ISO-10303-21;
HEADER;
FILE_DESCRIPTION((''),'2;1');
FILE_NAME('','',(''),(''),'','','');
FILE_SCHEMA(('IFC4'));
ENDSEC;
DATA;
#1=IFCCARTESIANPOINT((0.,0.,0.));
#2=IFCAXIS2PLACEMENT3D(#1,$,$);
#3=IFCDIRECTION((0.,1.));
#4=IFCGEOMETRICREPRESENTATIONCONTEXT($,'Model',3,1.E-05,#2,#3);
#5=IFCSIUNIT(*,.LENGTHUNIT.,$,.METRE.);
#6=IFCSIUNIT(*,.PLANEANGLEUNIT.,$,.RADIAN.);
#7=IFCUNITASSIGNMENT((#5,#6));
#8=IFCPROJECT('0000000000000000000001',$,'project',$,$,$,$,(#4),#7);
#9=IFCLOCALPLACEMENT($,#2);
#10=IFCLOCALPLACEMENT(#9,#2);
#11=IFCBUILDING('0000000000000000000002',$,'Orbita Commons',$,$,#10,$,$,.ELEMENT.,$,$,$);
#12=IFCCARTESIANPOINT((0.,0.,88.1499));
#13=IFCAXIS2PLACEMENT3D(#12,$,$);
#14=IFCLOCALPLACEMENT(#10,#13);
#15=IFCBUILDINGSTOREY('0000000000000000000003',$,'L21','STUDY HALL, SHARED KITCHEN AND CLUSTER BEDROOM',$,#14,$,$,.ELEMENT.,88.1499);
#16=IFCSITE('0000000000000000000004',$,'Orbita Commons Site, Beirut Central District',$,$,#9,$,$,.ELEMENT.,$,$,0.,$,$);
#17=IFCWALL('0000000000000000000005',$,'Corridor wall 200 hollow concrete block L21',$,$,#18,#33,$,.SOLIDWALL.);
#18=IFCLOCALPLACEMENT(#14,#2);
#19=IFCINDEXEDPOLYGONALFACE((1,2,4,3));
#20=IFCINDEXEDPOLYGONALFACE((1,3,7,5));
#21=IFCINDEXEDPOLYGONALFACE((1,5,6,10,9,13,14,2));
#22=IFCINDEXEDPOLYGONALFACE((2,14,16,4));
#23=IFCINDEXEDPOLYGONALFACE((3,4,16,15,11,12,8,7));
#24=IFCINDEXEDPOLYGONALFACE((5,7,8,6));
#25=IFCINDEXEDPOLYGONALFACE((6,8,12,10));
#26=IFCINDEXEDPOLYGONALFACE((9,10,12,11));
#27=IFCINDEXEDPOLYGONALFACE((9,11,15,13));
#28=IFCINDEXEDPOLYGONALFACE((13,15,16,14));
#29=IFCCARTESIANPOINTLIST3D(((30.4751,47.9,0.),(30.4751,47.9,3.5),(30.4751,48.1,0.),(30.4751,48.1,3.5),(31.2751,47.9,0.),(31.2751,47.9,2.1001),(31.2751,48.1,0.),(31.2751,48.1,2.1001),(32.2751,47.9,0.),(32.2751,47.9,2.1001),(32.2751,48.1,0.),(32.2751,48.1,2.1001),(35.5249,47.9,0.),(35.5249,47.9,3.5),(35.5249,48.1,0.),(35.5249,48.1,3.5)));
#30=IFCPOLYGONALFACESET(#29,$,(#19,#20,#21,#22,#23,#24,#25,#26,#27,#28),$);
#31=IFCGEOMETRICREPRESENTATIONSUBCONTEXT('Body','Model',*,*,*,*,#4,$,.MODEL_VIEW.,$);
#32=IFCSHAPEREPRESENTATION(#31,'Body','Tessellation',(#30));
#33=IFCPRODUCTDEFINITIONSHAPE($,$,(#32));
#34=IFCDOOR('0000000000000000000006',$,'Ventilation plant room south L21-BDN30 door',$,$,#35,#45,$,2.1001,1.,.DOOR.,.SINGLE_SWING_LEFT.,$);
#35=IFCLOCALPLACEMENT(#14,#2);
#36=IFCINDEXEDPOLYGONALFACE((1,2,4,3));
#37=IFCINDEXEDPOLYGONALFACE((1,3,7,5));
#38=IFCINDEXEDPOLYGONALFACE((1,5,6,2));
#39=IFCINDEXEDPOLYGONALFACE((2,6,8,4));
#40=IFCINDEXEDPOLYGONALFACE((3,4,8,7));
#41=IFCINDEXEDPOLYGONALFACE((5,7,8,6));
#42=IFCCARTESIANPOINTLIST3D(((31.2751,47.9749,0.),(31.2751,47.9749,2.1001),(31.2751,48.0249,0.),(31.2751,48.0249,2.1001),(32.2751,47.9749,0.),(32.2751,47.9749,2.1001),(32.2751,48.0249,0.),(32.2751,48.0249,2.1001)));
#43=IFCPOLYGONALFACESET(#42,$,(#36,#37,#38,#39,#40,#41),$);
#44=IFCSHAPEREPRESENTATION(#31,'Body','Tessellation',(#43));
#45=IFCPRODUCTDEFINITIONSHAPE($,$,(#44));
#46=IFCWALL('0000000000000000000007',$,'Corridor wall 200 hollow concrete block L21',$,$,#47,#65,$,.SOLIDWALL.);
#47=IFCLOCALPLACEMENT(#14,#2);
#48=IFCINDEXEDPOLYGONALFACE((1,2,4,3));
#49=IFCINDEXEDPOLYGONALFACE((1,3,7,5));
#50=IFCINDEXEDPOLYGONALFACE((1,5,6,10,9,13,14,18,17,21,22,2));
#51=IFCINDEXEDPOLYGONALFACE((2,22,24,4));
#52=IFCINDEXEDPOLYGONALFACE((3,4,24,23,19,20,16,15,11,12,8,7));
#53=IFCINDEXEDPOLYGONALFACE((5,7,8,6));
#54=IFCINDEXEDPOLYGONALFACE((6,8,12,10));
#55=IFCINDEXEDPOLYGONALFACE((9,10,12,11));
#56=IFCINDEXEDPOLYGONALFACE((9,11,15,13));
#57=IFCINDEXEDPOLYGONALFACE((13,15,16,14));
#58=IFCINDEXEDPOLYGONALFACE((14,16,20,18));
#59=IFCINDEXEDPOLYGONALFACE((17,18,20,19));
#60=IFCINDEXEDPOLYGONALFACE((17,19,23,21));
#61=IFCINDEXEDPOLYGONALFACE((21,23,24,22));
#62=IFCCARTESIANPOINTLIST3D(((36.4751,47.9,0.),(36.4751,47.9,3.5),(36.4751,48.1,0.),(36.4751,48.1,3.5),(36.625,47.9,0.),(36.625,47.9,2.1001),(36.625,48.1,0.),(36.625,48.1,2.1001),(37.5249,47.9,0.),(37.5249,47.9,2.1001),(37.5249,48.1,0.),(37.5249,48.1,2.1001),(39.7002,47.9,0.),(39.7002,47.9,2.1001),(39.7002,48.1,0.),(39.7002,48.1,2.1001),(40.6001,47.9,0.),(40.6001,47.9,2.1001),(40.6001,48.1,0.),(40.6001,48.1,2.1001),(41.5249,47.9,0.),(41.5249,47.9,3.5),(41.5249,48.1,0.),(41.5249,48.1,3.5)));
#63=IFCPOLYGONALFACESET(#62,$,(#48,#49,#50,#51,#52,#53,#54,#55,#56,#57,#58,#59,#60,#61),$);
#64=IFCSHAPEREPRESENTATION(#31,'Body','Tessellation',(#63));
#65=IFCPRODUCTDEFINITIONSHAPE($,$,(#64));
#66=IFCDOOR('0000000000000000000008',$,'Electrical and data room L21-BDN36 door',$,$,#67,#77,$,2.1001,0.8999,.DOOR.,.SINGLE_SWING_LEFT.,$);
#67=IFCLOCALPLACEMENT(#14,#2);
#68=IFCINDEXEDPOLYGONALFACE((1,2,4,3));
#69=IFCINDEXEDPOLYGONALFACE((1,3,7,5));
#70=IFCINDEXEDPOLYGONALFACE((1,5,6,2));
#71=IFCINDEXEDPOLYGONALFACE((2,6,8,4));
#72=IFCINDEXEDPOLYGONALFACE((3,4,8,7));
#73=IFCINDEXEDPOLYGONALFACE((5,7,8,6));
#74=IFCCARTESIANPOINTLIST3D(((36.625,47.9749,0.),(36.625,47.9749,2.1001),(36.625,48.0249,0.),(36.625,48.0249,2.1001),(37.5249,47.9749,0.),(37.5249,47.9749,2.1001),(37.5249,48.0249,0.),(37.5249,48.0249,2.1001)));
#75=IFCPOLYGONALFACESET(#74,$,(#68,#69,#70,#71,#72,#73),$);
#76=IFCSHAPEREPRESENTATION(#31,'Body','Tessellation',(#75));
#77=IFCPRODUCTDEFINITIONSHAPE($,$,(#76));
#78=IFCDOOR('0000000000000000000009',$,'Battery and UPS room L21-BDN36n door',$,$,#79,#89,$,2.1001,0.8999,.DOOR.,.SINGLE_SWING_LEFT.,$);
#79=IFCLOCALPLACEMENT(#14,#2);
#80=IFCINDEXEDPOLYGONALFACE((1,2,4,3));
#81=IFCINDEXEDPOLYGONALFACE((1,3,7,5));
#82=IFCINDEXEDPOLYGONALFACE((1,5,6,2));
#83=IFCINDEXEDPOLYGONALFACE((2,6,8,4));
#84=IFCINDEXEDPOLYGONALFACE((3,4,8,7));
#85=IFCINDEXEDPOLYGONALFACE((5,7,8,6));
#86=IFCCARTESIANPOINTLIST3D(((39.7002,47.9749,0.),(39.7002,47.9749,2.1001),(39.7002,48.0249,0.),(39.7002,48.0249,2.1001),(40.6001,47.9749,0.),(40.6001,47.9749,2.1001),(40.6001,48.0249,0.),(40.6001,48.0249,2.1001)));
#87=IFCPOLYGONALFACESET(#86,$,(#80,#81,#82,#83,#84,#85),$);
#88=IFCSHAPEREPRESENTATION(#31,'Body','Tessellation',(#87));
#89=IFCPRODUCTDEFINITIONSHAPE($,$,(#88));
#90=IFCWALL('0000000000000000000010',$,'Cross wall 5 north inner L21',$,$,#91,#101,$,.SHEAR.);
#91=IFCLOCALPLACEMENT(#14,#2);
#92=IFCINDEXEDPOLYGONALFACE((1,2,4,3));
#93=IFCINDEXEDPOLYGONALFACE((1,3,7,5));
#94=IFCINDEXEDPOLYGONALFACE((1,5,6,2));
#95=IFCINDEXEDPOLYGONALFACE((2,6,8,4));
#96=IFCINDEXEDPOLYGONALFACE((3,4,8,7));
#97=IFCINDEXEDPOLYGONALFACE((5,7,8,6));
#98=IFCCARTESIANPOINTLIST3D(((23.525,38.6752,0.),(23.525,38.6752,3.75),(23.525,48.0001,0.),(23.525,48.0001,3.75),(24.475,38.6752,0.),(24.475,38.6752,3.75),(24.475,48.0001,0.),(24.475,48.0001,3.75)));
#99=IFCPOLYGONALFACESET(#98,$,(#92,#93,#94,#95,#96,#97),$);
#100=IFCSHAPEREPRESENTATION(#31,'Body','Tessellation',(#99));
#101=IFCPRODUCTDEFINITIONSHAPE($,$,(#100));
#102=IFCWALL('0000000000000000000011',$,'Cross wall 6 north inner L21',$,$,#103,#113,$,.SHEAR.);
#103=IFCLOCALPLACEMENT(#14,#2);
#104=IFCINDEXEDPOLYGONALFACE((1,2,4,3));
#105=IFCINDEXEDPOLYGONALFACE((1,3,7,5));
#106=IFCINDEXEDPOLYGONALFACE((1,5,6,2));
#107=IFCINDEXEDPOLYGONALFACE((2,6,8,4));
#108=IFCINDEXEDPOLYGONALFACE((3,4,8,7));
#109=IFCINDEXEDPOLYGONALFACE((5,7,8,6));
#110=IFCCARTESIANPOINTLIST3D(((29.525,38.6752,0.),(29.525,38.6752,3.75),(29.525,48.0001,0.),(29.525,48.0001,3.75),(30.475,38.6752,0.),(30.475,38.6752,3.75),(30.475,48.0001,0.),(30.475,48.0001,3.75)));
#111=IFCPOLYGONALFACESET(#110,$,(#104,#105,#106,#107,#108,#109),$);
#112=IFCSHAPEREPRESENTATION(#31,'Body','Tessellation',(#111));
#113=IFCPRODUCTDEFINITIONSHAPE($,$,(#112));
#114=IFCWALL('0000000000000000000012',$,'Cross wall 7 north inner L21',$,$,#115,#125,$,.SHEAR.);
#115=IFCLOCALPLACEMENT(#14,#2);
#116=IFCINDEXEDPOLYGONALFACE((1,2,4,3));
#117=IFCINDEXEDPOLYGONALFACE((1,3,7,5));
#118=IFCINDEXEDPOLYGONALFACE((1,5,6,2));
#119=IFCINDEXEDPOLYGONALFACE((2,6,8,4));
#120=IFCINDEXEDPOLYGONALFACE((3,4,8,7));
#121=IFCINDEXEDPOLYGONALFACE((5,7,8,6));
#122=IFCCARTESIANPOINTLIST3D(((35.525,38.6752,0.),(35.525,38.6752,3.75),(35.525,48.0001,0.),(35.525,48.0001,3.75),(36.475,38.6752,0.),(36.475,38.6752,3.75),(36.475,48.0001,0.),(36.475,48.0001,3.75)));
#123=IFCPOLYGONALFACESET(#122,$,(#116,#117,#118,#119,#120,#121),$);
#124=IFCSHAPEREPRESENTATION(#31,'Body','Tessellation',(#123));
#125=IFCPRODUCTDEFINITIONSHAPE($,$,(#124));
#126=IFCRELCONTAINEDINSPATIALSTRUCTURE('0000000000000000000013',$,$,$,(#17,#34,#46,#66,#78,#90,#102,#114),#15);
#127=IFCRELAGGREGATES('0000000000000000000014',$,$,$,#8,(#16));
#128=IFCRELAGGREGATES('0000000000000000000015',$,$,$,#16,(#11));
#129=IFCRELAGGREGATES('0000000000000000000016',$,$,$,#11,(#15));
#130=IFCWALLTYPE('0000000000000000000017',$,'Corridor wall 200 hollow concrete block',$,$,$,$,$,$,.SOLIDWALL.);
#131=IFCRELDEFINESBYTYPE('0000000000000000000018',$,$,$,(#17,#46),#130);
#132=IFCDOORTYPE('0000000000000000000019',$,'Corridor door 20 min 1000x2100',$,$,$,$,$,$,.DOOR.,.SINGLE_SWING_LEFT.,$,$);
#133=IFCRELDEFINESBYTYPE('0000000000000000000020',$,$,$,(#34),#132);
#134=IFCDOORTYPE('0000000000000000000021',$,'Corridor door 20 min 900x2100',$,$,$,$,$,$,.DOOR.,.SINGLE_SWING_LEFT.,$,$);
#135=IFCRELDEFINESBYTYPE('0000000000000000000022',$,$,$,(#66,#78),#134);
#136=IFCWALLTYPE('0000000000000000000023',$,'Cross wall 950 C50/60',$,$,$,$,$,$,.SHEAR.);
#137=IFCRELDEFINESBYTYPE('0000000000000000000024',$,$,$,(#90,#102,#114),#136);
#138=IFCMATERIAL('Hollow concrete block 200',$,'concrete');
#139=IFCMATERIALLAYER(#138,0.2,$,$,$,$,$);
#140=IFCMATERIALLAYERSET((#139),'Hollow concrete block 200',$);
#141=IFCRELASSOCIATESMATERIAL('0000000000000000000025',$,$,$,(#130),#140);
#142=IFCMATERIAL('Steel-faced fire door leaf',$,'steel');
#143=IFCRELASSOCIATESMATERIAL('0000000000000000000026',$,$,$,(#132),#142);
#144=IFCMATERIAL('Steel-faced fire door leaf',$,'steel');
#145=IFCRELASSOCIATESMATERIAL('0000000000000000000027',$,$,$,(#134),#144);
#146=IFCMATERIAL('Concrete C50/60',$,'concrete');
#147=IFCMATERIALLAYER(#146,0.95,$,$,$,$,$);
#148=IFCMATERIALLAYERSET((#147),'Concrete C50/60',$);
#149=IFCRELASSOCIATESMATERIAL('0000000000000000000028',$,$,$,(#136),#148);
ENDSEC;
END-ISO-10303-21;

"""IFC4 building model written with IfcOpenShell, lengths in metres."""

from ifc_helpers import new_model, si_unit, direction, frame, frame_2d, origin, place, context, subcontext, project, spatial, rectangle, extrude, material, layer, layer_set, type_object, element, fill, save


model = new_model("IFC4")

# Units and contexts
model_context = context("Model", 3, precision=1e-05, world=origin(), true_north=direction((0.0, 1.0)))
body_context = subcontext(model_context, "Body", "Model", "MODEL_VIEW")
ifc_project = project(units=[si_unit("LENGTHUNIT", "METRE"), si_unit("PLANEANGLEUNIT", "RADIAN")], contexts=[model_context])

# Site, building, storey
site_placement = place(None, origin())
site = spatial("IfcSite", under=ifc_project, at=site_placement, Name="Orbita Commons Site, Beirut Central District", CompositionType="ELEMENT", RefElevation=0.0)
building_placement = place(site_placement, origin())
building = spatial("IfcBuilding", under=site, at=building_placement, Name="Orbita Commons", CompositionType="ELEMENT")
storey_placement = place(building_placement, frame((0.0, 0.0, 88.1499)))
storey = spatial("IfcBuildingStorey", under=building, at=storey_placement, Name="L21", Description="STUDY HALL, SHARED KITCHEN AND CLUSTER BEDROOM", CompositionType="ELEMENT", Elevation=88.1499)

# Wall, opening, door
ifc_material_1 = material(Name="Hollow concrete block 200", Category="concrete")
ifc_layer_1 = layer(ifc_material_1, 0.2)
ifc_layer_set_1 = layer_set([ifc_layer_1], Name="Hollow concrete block 200")
wall_type_1 = type_object("IfcWallType", Name="Corridor wall 200 hollow concrete block", PredefinedType="SOLIDWALL", material=ifc_layer_set_1)
ifc_material_2 = material(Name="Steel-faced fire door leaf", Category="steel")
door_type_1 = type_object("IfcDoorType", Name="Corridor door 20 min 1000x2100", OperationType="SINGLE_SWING_LEFT", PredefinedType="DOOR", material=ifc_material_2)
wall_1_placement = place(storey_placement, frame((30.4751, 48.0, 0.0), z_axis=(0.0, 0.0, 1.0), x_axis=(1.0, 0.0, 0.0)))
wall_1 = element("IfcWall", 1, at=wall_1_placement, inside=storey, type_object=wall_type_1, Name="Corridor wall 200 hollow concrete block L21", PredefinedType="SOLIDWALL", context=body_context, shape_type="SweptSolid", body=[
    extrude(rectangle(XDim=5.0498, YDim=0.2, at=frame_2d((2.5249, 0.0))), origin(), (0.0, 0.0, 1.0), 3.5),
])
opening_1_placement = place(wall_1_placement, frame((0.8, 0.0, 0.0)))
opening_1 = element("IfcOpeningElement", 2, at=opening_1_placement, cuts=wall_1, PredefinedType="OPENING", context=body_context, shape_type="SweptSolid", body=[
    extrude(rectangle(XDim=1.0, YDim=2.1001, at=frame_2d((0.5, 1.05))), frame((0.0, 0.1099, 0.0), z_axis=(0.0, -1.0, 0.0), x_axis=(1.0, 0.0, 0.0)), (0.0, 0.0, 1.0), 0.22),
])
door_1_placement = place(opening_1_placement, origin())
door_1 = element("IfcDoor", 3, at=door_1_placement, inside=storey, type_object=door_type_1, Name="Ventilation plant room south L21-BDN30 door", OperationType="SINGLE_SWING_LEFT", OverallHeight=2.1001, OverallWidth=1.0, PredefinedType="DOOR", context=body_context, shape_type="SweptSolid", body=[
    extrude(rectangle(XDim=1.0, YDim=2.1001, at=frame_2d((0.5, 1.05))), frame((0.0, 0.0249, 0.0), z_axis=(0.0, -1.0, 0.0), x_axis=(1.0, 0.0, 0.0)), (0.0, 0.0, 1.0), 0.05),
])
fill(opening_1, door_1)

# Wall, openings, doors
wall_2_placement = place(storey_placement, frame((36.4751, 48.0, 0.0), z_axis=(0.0, 0.0, 1.0), x_axis=(1.0, 0.0, 0.0)))
wall_2 = element("IfcWall", 4, at=wall_2_placement, inside=storey, type_object=wall_type_1, Name="Corridor wall 200 hollow concrete block L21", PredefinedType="SOLIDWALL", context=body_context, shape_type="SweptSolid", body=[
    extrude(rectangle(XDim=5.0498, YDim=0.2, at=frame_2d((2.5249, 0.0))), origin(), (0.0, 0.0, 1.0), 3.5),
])
opening_2_placement = place(wall_2_placement, frame((0.1499, 0.0, 0.0)))
opening_2 = element("IfcOpeningElement", 5, at=opening_2_placement, cuts=wall_2, PredefinedType="OPENING", context=body_context, shape_type="SweptSolid", body=[
    extrude(rectangle(XDim=0.8999, YDim=2.1001, at=frame_2d((0.45, 1.05))), frame((0.0, 0.1099, 0.0), z_axis=(0.0, -1.0, 0.0), x_axis=(1.0, 0.0, 0.0)), (0.0, 0.0, 1.0), 0.22),
])
opening_3_placement = place(wall_2_placement, frame((3.2251, 0.0, 0.0)))
opening_3 = element("IfcOpeningElement", 6, at=opening_3_placement, cuts=wall_2, PredefinedType="OPENING", context=body_context, shape_type="SweptSolid", body=[
    extrude(rectangle(XDim=0.8999, YDim=2.1001, at=frame_2d((0.45, 1.05))), frame((0.0, 0.1099, 0.0), z_axis=(0.0, -1.0, 0.0), x_axis=(1.0, 0.0, 0.0)), (0.0, 0.0, 1.0), 0.22),
])
ifc_material_3 = material(Name="Steel-faced fire door leaf", Category="steel")
door_type_2 = type_object("IfcDoorType", Name="Corridor door 20 min 900x2100", OperationType="SINGLE_SWING_LEFT", PredefinedType="DOOR", material=ifc_material_3)
door_2_placement = place(opening_2_placement, origin())
door_2 = element("IfcDoor", 7, at=door_2_placement, inside=storey, type_object=door_type_2, Name="Electrical and data room L21-BDN36 door", OperationType="SINGLE_SWING_LEFT", OverallHeight=2.1001, OverallWidth=0.8999, PredefinedType="DOOR", context=body_context, shape_type="SweptSolid", body=[
    extrude(rectangle(XDim=0.8999, YDim=2.1001, at=frame_2d((0.45, 1.05))), frame((0.0, 0.0249, 0.0), z_axis=(0.0, -1.0, 0.0), x_axis=(1.0, 0.0, 0.0)), (0.0, 0.0, 1.0), 0.05),
])
fill(opening_2, door_2)
door_3_placement = place(opening_3_placement, origin())
door_3 = element("IfcDoor", 8, at=door_3_placement, inside=storey, type_object=door_type_2, Name="Battery and UPS room L21-BDN36n door", OperationType="SINGLE_SWING_LEFT", OverallHeight=2.1001, OverallWidth=0.8999, PredefinedType="DOOR", context=body_context, shape_type="SweptSolid", body=[
    extrude(rectangle(XDim=0.8999, YDim=2.1001, at=frame_2d((0.45, 1.05))), frame((0.0, 0.0249, 0.0), z_axis=(0.0, -1.0, 0.0), x_axis=(1.0, 0.0, 0.0)), (0.0, 0.0, 1.0), 0.05),
])
fill(opening_3, door_3)

# Walls
ifc_material_4 = material(Name="Concrete C50/60", Category="concrete")
ifc_layer_2 = layer(ifc_material_4, 0.95)
ifc_layer_set_2 = layer_set([ifc_layer_2], Name="Concrete C50/60")
wall_type_2 = type_object("IfcWallType", Name="Cross wall 950 C50/60", PredefinedType="SHEAR", material=ifc_layer_set_2)
for number, where, z_axis, x_axis, name in (
    (9, (24.0, 38.675, 0.0), (0.0, 0.0, 1.0), (0.0, 1.0, 0.0), "Cross wall 5 north inner L21"),
    (10, (30.0, 38.675, 0.0), (0.0, 0.0, 1.0), (0.0, 1.0, 0.0), "Cross wall 6 north inner L21"),
    (11, (36.0, 38.675, 0.0), (0.0, 0.0, 1.0), (0.0, 1.0, 0.0), "Cross wall 7 north inner L21"),
):
    element("IfcWall", number, at=place(storey_placement, frame(where, z_axis=z_axis, x_axis=x_axis)), inside=storey, type_object=wall_type_2, Name=name, PredefinedType="SHEAR", context=body_context, shape_type="SweptSolid", body=[
        extrude(rectangle(XDim=9.325, YDim=0.95, at=frame_2d((4.6626, 0.0))), origin(), (0.0, 0.0, 1.0), 3.75),
    ])

save(model, "model.ifc")
